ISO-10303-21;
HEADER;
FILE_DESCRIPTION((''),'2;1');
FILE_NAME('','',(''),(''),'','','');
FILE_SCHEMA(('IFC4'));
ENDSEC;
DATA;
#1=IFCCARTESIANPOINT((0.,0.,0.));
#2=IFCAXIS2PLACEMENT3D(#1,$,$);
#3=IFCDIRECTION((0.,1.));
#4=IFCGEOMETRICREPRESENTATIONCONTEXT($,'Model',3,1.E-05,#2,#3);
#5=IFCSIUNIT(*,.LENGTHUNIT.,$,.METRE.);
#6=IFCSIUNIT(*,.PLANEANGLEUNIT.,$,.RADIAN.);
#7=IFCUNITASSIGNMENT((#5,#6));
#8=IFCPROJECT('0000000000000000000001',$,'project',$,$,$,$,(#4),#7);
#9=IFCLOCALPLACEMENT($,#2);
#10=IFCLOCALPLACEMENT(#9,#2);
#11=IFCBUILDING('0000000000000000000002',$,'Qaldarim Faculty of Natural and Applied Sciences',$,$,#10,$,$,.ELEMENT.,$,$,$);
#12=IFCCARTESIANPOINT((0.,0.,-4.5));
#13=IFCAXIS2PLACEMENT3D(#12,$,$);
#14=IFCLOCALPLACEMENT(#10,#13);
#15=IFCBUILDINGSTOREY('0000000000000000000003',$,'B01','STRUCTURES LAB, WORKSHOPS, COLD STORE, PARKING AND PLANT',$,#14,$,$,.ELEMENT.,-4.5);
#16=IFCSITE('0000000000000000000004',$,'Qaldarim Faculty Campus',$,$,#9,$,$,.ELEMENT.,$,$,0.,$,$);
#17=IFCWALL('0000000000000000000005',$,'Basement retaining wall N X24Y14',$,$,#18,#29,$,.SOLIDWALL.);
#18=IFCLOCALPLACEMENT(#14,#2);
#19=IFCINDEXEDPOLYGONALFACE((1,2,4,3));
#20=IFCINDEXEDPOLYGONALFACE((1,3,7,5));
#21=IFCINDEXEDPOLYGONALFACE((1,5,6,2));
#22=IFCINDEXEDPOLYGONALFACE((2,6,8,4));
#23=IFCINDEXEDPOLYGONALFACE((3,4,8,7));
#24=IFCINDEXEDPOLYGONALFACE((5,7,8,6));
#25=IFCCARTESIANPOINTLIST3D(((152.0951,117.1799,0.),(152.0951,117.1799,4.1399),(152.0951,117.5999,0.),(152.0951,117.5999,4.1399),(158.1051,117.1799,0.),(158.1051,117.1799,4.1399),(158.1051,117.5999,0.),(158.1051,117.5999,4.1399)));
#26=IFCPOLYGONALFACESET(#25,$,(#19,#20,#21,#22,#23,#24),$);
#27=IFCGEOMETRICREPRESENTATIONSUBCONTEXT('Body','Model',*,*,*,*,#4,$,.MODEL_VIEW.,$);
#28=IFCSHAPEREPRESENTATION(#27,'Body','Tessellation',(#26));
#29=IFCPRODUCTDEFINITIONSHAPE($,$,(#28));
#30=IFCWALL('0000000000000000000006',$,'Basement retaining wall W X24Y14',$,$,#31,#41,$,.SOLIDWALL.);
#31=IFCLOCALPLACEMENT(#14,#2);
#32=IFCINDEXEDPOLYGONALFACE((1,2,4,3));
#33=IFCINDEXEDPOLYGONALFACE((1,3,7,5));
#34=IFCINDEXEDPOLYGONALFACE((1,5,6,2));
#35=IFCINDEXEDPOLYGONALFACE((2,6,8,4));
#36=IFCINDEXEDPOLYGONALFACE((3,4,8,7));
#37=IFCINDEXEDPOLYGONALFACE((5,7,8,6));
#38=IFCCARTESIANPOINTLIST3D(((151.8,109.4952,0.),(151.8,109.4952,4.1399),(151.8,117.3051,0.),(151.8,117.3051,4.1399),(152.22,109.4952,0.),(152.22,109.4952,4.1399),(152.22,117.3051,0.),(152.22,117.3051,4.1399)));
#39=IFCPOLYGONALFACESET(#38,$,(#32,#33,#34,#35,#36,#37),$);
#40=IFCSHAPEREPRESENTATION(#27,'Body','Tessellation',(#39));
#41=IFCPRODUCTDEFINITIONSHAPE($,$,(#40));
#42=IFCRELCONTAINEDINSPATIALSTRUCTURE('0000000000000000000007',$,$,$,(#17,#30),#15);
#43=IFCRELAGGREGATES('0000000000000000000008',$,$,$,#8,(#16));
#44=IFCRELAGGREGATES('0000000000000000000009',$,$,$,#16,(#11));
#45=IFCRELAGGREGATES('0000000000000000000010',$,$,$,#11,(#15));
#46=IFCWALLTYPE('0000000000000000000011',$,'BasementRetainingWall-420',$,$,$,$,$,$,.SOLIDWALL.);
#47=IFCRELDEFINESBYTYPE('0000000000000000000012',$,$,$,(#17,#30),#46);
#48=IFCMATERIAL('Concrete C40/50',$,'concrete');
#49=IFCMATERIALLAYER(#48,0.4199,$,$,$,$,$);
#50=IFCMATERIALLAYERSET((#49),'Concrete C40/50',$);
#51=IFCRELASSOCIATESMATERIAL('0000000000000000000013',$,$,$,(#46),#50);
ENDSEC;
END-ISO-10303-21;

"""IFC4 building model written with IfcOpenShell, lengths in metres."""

from ifc_helpers import new_model, si_unit, direction, frame, frame_2d, origin, place, context, subcontext, project, spatial, rectangle, extrude, material, layer, layer_set, type_object, element, save


model = new_model("IFC4")

# Units and contexts
model_context = context("Model", 3, precision=1e-05, world=origin(), true_north=direction((0.0, 1.0)))
body_context = subcontext(model_context, "Body", "Model", "MODEL_VIEW")
ifc_project = project(units=[si_unit("LENGTHUNIT", "METRE"), si_unit("PLANEANGLEUNIT", "RADIAN")], contexts=[model_context])

# Site, building, storey
site_placement = place(None, origin())
site = spatial("IfcSite", under=ifc_project, at=site_placement, Name="Qaldarim Faculty Campus", CompositionType="ELEMENT", RefElevation=0.0)
building_placement = place(site_placement, origin())
building = spatial("IfcBuilding", under=site, at=building_placement, Name="Qaldarim Faculty of Natural and Applied Sciences", CompositionType="ELEMENT")
storey_placement = place(building_placement, frame((0.0, 0.0, -4.5)))
storey = spatial("IfcBuildingStorey", under=building, at=storey_placement, Name="B01", Description="STRUCTURES LAB, WORKSHOPS, COLD STORE, PARKING AND PLANT", CompositionType="ELEMENT", Elevation=-4.5)

# Shared definitions
ifc_material_1 = material(Name="Concrete C40/50", Category="concrete")

# Walls
ifc_layer_1 = layer(ifc_material_1, 0.4199)
ifc_layer_set_1 = layer_set([ifc_layer_1], Name="Concrete C40/50")
wall_type = type_object("IfcWallType", Name="BasementRetainingWall-420", PredefinedType="SOLIDWALL", material=ifc_layer_set_1)
wall_1_placement = place(storey_placement, frame((158.105, 117.3899, 0.0), z_axis=(0.0, 0.0, 1.0), x_axis=(-1.0, 0.0, 0.0)))
element("IfcWall", 1, at=wall_1_placement, inside=storey, type_object=wall_type, Name="Basement retaining wall N X24Y14", PredefinedType="SOLIDWALL", context=body_context, shape_type="SweptSolid", body=[
    extrude(rectangle(XDim=6.01, YDim=0.4199, at=frame_2d((3.0049, 0.0))), origin(), (0.0, 0.0, 1.0), 4.1399),
])
wall_2_placement = place(storey_placement, frame((152.01, 117.3049, 0.0), z_axis=(0.0, 0.0, 1.0), x_axis=(0.0, -1.0, 0.0)))
element("IfcWall", 2, at=wall_2_placement, inside=storey, type_object=wall_type, Name="Basement retaining wall W X24Y14", PredefinedType="SOLIDWALL", context=body_context, shape_type="SweptSolid", body=[
    extrude(rectangle(XDim=7.8098, YDim=0.4199, at=frame_2d((3.9048, 0.0))), origin(), (0.0, 0.0, 1.0), 4.1399),
])

save(model, "model.ifc")
